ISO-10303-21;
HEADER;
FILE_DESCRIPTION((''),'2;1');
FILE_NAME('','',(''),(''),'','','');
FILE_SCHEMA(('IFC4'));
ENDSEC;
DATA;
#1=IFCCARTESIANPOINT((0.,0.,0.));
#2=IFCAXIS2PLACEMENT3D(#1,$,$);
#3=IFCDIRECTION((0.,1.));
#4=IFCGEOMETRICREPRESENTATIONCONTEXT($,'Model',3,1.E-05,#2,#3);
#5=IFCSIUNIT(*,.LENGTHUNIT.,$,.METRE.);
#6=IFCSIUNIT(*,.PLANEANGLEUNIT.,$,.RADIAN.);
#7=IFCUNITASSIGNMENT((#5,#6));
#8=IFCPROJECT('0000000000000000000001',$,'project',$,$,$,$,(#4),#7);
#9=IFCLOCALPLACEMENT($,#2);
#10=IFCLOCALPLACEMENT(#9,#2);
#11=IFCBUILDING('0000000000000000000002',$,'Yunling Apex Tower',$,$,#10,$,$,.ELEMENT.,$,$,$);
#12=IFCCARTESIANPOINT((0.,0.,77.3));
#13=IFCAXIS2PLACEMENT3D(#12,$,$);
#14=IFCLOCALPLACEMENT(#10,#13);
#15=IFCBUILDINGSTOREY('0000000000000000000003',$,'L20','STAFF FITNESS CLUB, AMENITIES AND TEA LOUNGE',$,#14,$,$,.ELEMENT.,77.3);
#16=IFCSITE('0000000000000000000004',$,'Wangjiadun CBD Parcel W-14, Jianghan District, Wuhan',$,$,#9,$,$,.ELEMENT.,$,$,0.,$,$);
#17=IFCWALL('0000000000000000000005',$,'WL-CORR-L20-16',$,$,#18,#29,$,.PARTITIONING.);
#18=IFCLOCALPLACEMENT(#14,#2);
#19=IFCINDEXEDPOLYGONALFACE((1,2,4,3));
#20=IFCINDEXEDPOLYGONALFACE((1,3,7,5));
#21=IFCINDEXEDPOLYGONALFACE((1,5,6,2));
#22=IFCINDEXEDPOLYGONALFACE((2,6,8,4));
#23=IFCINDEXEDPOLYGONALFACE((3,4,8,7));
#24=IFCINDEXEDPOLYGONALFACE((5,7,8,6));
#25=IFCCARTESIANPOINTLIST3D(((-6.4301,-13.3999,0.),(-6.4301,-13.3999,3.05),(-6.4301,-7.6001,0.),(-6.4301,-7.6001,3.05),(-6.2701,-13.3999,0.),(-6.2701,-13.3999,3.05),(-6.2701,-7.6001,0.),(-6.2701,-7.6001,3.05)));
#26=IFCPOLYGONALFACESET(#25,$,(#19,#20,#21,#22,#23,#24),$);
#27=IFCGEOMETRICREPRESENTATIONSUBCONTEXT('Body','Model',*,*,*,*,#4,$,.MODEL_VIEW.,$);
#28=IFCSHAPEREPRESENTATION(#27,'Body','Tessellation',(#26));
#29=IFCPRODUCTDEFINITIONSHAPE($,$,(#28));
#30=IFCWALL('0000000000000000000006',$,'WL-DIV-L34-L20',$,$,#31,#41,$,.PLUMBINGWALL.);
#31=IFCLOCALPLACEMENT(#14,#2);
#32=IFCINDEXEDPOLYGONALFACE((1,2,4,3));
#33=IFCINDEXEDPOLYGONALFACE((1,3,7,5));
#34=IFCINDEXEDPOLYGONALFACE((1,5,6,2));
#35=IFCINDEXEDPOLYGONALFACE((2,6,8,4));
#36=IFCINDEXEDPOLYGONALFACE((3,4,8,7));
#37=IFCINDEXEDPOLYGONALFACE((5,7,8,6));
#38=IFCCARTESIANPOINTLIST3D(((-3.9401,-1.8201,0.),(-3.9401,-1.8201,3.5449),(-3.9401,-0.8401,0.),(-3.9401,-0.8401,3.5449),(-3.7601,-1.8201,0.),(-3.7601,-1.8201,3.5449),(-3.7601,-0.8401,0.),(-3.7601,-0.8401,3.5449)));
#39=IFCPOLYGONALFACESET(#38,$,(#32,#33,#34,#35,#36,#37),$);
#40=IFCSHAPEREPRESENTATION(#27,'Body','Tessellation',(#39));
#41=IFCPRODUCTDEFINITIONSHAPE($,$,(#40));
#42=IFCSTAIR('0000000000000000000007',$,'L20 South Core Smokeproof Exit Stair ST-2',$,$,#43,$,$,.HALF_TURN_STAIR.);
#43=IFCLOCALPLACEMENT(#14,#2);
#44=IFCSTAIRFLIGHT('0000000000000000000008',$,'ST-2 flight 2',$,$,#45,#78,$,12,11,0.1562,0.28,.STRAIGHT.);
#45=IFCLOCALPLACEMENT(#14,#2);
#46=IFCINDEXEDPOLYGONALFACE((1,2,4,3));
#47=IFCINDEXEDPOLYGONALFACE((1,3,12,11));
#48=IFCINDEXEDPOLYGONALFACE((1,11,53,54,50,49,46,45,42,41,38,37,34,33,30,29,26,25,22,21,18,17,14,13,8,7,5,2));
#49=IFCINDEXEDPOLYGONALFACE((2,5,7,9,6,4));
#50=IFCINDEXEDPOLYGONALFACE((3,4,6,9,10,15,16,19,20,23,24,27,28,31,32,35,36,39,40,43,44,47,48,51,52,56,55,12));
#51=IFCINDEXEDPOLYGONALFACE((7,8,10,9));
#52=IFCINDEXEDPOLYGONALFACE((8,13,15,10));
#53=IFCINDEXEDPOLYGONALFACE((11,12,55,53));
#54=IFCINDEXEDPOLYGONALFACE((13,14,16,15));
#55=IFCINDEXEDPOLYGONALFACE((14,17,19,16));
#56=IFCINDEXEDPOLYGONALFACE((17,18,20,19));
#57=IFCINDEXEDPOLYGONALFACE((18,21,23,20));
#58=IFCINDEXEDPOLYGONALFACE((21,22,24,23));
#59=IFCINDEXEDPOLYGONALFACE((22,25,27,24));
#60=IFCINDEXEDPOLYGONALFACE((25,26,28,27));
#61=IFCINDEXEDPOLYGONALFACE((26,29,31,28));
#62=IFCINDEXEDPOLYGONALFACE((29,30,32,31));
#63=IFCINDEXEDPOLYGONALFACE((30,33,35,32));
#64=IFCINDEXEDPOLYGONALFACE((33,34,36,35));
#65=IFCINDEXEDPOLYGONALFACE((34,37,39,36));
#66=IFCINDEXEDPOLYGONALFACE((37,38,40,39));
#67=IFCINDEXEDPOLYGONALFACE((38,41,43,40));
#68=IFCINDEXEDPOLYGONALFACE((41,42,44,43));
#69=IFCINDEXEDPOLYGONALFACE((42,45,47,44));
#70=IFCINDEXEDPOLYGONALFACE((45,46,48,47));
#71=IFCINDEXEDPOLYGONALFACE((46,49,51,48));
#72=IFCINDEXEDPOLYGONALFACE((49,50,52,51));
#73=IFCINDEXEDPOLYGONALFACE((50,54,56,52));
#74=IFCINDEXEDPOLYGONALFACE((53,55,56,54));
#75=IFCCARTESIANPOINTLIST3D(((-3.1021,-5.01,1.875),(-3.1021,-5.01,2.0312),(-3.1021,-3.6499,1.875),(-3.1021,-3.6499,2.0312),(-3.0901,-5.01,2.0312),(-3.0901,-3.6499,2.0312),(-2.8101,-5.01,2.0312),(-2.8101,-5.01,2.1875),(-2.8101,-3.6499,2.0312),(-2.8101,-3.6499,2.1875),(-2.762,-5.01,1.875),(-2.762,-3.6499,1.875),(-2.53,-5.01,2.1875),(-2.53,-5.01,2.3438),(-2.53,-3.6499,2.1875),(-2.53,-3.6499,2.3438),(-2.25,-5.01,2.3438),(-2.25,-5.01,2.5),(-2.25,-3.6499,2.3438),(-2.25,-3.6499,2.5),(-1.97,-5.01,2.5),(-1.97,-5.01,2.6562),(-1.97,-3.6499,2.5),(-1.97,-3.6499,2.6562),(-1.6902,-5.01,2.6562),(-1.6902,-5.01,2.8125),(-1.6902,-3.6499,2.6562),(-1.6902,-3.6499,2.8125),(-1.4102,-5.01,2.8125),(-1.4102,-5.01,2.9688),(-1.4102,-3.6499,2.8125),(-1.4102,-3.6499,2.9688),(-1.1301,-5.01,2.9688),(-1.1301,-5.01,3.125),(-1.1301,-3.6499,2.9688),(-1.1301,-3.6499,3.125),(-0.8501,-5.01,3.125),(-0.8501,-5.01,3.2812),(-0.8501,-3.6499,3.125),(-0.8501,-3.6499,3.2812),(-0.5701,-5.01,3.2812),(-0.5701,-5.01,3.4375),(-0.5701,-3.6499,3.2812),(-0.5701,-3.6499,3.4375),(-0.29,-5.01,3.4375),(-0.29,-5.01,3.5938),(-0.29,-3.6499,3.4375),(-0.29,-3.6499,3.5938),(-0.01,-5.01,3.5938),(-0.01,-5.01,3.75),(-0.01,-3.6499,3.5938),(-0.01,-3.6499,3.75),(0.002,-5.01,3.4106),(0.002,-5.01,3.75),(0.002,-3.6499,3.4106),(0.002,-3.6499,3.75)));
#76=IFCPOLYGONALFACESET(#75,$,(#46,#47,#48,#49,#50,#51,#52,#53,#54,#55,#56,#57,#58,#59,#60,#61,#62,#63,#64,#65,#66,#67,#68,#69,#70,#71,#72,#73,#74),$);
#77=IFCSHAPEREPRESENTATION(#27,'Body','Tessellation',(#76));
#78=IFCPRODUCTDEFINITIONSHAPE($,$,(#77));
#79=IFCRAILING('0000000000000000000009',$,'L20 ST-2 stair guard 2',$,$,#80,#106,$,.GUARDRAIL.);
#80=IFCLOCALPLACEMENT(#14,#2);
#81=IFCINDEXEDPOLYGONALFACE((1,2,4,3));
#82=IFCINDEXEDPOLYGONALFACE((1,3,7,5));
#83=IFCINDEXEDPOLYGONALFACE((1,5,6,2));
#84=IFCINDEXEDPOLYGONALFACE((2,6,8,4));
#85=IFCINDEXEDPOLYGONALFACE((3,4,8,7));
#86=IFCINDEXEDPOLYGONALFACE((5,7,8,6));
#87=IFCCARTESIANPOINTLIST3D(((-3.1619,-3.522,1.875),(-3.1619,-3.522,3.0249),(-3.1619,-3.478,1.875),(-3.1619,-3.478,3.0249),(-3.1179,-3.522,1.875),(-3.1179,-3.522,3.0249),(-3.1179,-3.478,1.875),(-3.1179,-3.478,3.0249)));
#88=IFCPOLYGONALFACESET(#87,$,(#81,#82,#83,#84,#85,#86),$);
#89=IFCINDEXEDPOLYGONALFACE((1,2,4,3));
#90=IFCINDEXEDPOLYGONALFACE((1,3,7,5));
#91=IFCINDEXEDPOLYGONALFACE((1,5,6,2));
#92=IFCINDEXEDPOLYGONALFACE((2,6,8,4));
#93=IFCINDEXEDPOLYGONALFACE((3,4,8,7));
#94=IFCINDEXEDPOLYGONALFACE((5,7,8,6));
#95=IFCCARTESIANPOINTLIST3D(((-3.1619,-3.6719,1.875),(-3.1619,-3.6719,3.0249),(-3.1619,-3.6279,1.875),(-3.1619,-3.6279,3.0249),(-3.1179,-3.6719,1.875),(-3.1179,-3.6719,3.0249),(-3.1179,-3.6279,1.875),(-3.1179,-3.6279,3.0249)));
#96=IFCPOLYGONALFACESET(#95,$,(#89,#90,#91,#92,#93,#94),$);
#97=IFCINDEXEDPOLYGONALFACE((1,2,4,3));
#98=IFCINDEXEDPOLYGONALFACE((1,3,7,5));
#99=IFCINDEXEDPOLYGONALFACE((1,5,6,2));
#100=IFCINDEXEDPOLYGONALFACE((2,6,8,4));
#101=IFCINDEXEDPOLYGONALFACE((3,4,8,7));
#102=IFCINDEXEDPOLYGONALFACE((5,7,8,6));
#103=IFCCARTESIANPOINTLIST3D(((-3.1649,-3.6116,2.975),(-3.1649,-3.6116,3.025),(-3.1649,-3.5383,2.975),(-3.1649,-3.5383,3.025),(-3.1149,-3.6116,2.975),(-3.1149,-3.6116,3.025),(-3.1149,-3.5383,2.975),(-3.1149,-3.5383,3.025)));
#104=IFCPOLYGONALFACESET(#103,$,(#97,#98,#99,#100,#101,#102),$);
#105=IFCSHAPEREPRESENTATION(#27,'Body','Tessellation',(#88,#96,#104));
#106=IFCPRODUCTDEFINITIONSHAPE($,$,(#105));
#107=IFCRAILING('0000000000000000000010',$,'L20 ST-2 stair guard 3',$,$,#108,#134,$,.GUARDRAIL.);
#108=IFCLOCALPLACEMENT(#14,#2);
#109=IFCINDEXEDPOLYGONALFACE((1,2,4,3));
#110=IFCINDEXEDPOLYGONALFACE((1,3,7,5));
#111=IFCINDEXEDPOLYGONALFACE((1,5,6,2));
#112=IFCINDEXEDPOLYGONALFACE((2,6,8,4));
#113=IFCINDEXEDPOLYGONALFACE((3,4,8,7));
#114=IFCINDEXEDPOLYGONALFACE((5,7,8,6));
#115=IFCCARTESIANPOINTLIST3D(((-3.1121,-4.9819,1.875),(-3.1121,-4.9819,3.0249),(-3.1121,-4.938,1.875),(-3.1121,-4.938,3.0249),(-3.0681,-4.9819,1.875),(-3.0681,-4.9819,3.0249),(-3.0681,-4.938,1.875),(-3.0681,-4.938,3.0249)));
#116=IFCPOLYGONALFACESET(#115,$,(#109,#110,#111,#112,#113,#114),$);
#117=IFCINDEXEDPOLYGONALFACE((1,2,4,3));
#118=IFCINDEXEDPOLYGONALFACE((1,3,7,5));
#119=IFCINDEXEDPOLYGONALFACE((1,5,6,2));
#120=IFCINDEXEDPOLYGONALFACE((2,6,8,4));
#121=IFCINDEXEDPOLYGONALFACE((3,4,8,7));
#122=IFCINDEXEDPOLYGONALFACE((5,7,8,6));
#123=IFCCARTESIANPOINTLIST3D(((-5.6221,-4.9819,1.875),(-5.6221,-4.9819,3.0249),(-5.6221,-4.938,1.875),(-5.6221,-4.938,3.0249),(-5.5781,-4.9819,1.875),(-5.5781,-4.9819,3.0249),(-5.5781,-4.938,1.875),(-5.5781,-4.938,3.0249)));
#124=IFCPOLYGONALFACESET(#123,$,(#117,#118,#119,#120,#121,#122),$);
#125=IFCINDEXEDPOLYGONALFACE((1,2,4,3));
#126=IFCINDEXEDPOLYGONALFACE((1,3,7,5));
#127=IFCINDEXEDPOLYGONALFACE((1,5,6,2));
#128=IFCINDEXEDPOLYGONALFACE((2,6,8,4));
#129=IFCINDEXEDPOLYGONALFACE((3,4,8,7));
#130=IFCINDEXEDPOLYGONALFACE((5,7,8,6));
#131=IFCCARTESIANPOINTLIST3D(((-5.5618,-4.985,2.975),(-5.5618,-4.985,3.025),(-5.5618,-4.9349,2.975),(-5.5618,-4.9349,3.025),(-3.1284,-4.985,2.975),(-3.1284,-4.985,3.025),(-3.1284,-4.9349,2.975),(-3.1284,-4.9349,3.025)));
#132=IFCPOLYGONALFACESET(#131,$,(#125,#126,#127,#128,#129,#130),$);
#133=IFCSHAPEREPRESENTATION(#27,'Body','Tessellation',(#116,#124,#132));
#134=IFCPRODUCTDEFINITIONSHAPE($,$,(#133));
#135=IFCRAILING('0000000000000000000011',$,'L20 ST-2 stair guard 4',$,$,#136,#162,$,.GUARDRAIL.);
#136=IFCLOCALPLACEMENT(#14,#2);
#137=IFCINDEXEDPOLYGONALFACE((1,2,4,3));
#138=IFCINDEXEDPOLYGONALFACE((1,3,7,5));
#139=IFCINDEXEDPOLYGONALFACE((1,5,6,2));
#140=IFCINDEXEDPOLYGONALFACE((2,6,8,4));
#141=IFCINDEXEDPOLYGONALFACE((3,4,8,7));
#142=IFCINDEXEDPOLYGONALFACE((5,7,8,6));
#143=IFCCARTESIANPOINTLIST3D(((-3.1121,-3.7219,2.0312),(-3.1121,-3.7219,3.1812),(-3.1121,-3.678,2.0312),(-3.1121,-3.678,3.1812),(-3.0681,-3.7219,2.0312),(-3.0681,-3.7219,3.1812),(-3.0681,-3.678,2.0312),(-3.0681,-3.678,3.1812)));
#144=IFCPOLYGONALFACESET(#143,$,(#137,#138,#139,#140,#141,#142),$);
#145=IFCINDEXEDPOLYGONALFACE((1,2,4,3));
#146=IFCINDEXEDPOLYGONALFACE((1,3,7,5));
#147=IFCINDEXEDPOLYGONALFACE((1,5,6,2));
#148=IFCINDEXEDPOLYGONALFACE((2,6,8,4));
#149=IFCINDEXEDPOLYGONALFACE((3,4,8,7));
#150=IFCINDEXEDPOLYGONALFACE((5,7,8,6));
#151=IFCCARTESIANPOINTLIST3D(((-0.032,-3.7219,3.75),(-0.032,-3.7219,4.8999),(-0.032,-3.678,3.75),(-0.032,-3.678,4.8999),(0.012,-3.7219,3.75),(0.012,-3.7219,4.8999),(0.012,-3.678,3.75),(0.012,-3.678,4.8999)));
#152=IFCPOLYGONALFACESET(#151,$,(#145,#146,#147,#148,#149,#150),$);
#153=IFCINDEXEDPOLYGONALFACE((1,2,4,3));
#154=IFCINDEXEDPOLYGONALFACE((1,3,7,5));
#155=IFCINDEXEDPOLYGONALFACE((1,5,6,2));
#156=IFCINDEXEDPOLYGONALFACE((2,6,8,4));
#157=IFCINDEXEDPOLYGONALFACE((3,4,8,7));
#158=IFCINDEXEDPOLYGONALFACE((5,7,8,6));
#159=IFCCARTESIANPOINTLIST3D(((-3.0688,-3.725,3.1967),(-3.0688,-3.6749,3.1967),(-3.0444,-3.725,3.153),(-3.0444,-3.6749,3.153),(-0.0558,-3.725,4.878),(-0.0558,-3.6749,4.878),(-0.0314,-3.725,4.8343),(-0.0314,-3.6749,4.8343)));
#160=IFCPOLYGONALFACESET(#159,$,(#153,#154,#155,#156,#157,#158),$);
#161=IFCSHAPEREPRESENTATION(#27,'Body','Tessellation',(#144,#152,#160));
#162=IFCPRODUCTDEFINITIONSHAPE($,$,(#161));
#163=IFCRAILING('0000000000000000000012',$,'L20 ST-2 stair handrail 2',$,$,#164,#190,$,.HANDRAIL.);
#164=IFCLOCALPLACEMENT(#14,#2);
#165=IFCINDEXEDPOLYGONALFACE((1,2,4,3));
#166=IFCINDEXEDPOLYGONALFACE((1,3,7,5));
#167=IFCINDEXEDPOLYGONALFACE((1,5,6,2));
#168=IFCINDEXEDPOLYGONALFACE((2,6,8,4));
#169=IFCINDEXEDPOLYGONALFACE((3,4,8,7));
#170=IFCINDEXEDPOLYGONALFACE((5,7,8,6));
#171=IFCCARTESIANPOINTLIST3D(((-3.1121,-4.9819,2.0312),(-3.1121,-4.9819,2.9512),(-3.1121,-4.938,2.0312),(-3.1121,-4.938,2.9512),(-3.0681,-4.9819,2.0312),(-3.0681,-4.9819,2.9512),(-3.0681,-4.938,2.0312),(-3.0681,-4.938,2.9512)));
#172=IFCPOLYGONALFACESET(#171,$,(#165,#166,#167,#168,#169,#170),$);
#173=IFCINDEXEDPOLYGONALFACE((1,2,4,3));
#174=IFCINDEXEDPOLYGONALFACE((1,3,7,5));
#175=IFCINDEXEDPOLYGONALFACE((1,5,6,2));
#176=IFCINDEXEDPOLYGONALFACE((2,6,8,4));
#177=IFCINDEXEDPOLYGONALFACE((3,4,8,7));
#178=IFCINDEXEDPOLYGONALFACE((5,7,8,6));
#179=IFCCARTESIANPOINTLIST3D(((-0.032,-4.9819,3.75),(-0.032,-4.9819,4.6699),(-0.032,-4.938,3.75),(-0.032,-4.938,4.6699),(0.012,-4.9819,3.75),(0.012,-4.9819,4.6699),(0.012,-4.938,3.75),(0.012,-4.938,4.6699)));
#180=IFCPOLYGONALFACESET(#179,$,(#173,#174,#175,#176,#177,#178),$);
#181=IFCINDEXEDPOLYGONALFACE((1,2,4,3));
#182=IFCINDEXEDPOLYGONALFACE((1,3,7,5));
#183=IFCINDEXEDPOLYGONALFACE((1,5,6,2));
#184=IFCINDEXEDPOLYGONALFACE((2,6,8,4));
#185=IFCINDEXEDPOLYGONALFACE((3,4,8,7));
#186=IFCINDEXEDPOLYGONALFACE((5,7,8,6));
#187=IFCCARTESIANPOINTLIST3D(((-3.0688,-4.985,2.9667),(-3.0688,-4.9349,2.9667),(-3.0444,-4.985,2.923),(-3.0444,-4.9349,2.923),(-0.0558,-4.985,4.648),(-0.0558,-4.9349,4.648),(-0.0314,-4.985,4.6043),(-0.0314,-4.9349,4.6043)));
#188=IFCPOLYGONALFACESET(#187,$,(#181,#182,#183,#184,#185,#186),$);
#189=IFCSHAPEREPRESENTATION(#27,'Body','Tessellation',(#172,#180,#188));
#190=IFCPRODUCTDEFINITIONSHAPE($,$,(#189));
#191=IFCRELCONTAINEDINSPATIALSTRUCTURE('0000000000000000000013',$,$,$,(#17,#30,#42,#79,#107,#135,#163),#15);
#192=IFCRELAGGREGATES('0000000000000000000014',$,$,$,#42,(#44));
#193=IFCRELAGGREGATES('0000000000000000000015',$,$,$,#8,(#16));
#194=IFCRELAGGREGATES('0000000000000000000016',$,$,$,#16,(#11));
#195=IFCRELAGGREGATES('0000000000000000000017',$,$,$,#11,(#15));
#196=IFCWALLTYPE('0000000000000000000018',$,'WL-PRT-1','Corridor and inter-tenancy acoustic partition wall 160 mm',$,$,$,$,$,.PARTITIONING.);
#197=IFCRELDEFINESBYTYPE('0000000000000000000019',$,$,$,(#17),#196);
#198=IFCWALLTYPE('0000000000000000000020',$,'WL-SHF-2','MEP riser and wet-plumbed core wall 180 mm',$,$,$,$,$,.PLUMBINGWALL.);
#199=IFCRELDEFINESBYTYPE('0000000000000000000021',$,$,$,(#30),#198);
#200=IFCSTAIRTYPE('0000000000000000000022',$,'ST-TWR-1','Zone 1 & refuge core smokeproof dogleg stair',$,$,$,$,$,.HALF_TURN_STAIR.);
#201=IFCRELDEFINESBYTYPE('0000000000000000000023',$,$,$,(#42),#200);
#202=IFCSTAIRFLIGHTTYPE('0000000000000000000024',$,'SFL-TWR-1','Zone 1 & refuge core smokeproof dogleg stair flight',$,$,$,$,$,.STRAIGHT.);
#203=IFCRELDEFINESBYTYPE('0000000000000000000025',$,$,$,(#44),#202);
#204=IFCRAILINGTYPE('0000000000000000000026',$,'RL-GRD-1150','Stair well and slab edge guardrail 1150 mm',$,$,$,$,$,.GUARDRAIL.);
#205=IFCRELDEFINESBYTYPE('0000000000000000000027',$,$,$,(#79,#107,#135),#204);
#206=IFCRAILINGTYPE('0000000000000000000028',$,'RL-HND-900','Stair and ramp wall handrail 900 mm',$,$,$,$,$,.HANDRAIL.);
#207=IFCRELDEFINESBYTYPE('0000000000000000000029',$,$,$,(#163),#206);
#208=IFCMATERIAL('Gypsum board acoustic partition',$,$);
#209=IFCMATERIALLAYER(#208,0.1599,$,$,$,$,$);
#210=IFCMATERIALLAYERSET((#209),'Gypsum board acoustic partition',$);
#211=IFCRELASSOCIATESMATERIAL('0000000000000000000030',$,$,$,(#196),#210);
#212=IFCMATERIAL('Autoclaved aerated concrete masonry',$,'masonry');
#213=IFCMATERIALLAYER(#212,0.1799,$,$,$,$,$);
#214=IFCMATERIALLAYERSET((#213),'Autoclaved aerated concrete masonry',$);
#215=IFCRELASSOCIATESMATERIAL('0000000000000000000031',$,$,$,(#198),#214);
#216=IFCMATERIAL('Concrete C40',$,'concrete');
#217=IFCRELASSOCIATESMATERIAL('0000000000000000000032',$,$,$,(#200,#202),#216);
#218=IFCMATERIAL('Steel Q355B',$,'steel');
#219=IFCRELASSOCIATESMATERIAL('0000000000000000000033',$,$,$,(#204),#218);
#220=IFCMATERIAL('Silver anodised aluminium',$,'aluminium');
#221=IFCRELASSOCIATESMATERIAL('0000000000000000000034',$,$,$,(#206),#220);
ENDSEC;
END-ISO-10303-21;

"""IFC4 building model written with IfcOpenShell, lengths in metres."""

from ifc_helpers import new_model, si_unit, direction, frame, frame_2d, origin, origin_2d, place, context, subcontext, project, spatial, polyline, rectangle, outline, extrude, material, layer, layer_set, type_object, element, aggregate, save


model = new_model("IFC4")

# Units and contexts
model_context = context("Model", 3, precision=1e-05, world=origin(), true_north=direction((0.0, 1.0)))
body_context = subcontext(model_context, "Body", "Model", "MODEL_VIEW")
ifc_project = project(units=[si_unit("LENGTHUNIT", "METRE"), si_unit("PLANEANGLEUNIT", "RADIAN")], contexts=[model_context])

# Site, building, storey
site_placement = place(None, origin())
site = spatial("IfcSite", under=ifc_project, at=site_placement, Name="Wangjiadun CBD Parcel W-14, Jianghan District, Wuhan", CompositionType="ELEMENT", RefElevation=0.0)
building_placement = place(site_placement, origin())
building = spatial("IfcBuilding", under=site, at=building_placement, Name="Yunling Apex Tower", CompositionType="ELEMENT")
storey_placement = place(building_placement, frame((0.0, 0.0, 77.3)))
storey = spatial("IfcBuildingStorey", under=building, at=storey_placement, Name="L20", Description="STAFF FITNESS CLUB, AMENITIES AND TEA LOUNGE", CompositionType="ELEMENT", Elevation=77.3)

# Shared definitions
ifc_material_1 = material(Name="Steel Q355B", Category="steel")

# Walls
ifc_material_2 = material(Name="Concrete C40", Category="concrete")
ifc_material_3 = material(Name="Gypsum board acoustic partition")
ifc_layer_1 = layer(ifc_material_3, 0.1599)
ifc_layer_set_1 = layer_set([ifc_layer_1], Name="Gypsum board acoustic partition")
wall_type_1 = type_object("IfcWallType", Name="WL-PRT-1", Description="Corridor and inter-tenancy acoustic partition wall 160 mm", PredefinedType="PARTITIONING", material=ifc_layer_set_1)
wall_1_placement = place(storey_placement, frame((-6.3501, -7.6001, 0.0), z_axis=(0.0, 0.0, 1.0), x_axis=(0.0, -1.0, 0.0)))
element("IfcWall", 1, at=wall_1_placement, inside=storey, type_object=wall_type_1, Name="WL-CORR-L20-16", PredefinedType="PARTITIONING", context=body_context, shape_type="SweptSolid", body=[
    extrude(rectangle(XDim=5.7998, YDim=0.1599, at=frame_2d((2.8999, 0.0))), origin(), (0.0, 0.0, 1.0), 3.05),
])
ifc_material_4 = material(Name="Autoclaved aerated concrete masonry", Category="masonry")
ifc_layer_2 = layer(ifc_material_4, 0.1799)
ifc_layer_set_2 = layer_set([ifc_layer_2], Name="Autoclaved aerated concrete masonry")
wall_type_2 = type_object("IfcWallType", Name="WL-SHF-2", Description="MEP riser and wet-plumbed core wall 180 mm", PredefinedType="PLUMBINGWALL", material=ifc_layer_set_2)
wall_2_placement = place(storey_placement, frame((-3.8501, -1.8201, 0.0), z_axis=(0.0, 0.0, 1.0), x_axis=(0.0, 1.0, 0.0)))
element("IfcWall", 2, at=wall_2_placement, inside=storey, type_object=wall_type_2, Name="WL-DIV-L34-L20", PredefinedType="PLUMBINGWALL", context=body_context, shape_type="SweptSolid", body=[
    extrude(rectangle(XDim=0.98, YDim=0.1799, at=frame_2d((0.49, 0.0))), origin(), (0.0, 0.0, 1.0), 3.5449),
])

# Stair, stair flight
stair_type = type_object("IfcStairType", Name="ST-TWR-1", Description="Zone 1 & refuge core smokeproof dogleg stair", PredefinedType="HALF_TURN_STAIR", material=ifc_material_2)
stair_placement = place(storey_placement, origin())
stair = element("IfcStair", 3, at=stair_placement, inside=storey, type_object=stair_type, Name="L20 South Core Smokeproof Exit Stair ST-2", PredefinedType="HALF_TURN_STAIR")
stair_flight_type = type_object("IfcStairFlightType", Name="SFL-TWR-1", Description="Zone 1 & refuge core smokeproof dogleg stair flight", PredefinedType="STRAIGHT", material=ifc_material_2)
stair_flight_placement = place(storey_placement, frame((-3.0901, -4.3301, 1.875), z_axis=(0.0, 0.0, 1.0), x_axis=(1.0, 0.0, 0.0)))
stair_flight = element("IfcStairFlight", 4, at=stair_flight_placement, type_object=stair_flight_type, Name="ST-2 flight 2", NumberOfRisers=12, NumberOfTreads=11, PredefinedType="STRAIGHT", RiserHeight=0.1562, TreadLength=0.28, context=body_context, shape_type="SweptSolid", body=[
    extrude(outline(polyline([(-0.012, 0.0), (-0.012, 0.1562), (0.0, 0.1562), (0.28, 0.1562), (0.28, 0.3125), (0.5601, 0.3125), (0.5601, 0.4688), (0.8401, 0.4688), (0.8401, 0.625), (1.1201, 0.625), (1.1201, 0.7812), (1.3999, 0.7812), (1.3999, 0.9375), (1.6799, 0.9375), (1.6799, 1.0938), (1.96, 1.0938), (1.96, 1.25), (2.24, 1.25), (2.24, 1.4062), (2.52, 1.4062), (2.52, 1.5625), (2.8, 1.5625), (2.8, 1.7188), (3.0801, 1.7188), (3.0801, 1.875), (3.092, 1.875), (3.092, 1.5356), (0.3281, 0.0), (-0.012, 0.0)])), frame((0.0, 0.6802, 0.0), z_axis=(0.0, -1.0, 0.0), x_axis=(1.0, 0.0, 0.0)), (0.0, 0.0, 1.0), 1.3601),
])
aggregate(stair, [stair_flight])

# Railings
railing_type_1 = type_object("IfcRailingType", Name="RL-GRD-1150", Description="Stair well and slab edge guardrail 1150 mm", PredefinedType="GUARDRAIL", material=ifc_material_1)
railing_1_placement = place(storey_placement, frame((-3.1399, -3.5, 1.875)))
element("IfcRailing", 5, at=railing_1_placement, inside=storey, type_object=railing_type_1, Name="L20 ST-2 stair guard 2", PredefinedType="GUARDRAIL", context=body_context, shape_type="SweptSolid", body=[
    extrude(rectangle(XDim=0.0439, YDim=0.0439, at=origin_2d()), origin(), (0.0, 0.0, 1.0), 1.1499),
    extrude(rectangle(XDim=0.0439, YDim=0.0439, at=origin_2d()), frame((0.0, -0.1499, 0.0)), (0.0, 0.0, 1.0), 1.1499),
    extrude(rectangle(XDim=0.05, YDim=0.05, at=origin_2d()), frame((0.0, -0.0383, 1.125), z_axis=(0.0, -1.0, 0.0), x_axis=(1.0, 0.0, 0.0)), (0.0, 0.0, 1.0), 0.0732),
])
railing_2_placement = place(storey_placement, frame((-3.0901, -4.96, 1.875)))
element("IfcRailing", 6, at=railing_2_placement, inside=storey, type_object=railing_type_1, Name="L20 ST-2 stair guard 3", PredefinedType="GUARDRAIL", context=body_context, shape_type="SweptSolid", body=[
    extrude(rectangle(XDim=0.0439, YDim=0.0439, at=origin_2d()), origin(), (0.0, 0.0, 1.0), 1.1499),
    extrude(rectangle(XDim=0.0439, YDim=0.0439, at=origin_2d()), frame((-2.51, 0.0, 0.0)), (0.0, 0.0, 1.0), 1.1499),
    extrude(rectangle(XDim=0.05, YDim=0.05, at=origin_2d()), frame((-0.0383, 0.0, 1.125), z_axis=(-1.0, 0.0, 0.0), x_axis=(0.0, -1.0, 0.0)), (0.0, 0.0, 1.0), 2.4333),
])
railing_3_placement = place(storey_placement, frame((-3.0901, -3.7, 2.0312)))
element("IfcRailing", 7, at=railing_3_placement, inside=storey, type_object=railing_type_1, Name="L20 ST-2 stair guard 4", PredefinedType="GUARDRAIL", context=body_context, shape_type="SweptSolid", body=[
    extrude(rectangle(XDim=0.0439, YDim=0.0439, at=origin_2d()), origin(), (0.0, 0.0, 1.0), 1.1499),
    extrude(rectangle(XDim=0.0439, YDim=0.0439, at=origin_2d()), frame((3.0801, 0.0, 1.7188)), (0.0, 0.0, 1.0), 1.1499),
    extrude(rectangle(XDim=0.05, YDim=0.05, at=origin_2d()), frame((0.0334, 0.0, 1.1436), z_axis=(0.873242, 0.0, 0.487288), x_axis=(0.0, 1.0, 0.0)), (0.0, 0.0, 1.0), 3.4504),
])
ifc_material_5 = material(Name="Silver anodised aluminium", Category="aluminium")
railing_type_2 = type_object("IfcRailingType", Name="RL-HND-900", Description="Stair and ramp wall handrail 900 mm", PredefinedType="HANDRAIL", material=ifc_material_5)
railing_4_placement = place(storey_placement, frame((-3.0901, -4.96, 2.0312)))
element("IfcRailing", 8, at=railing_4_placement, inside=storey, type_object=railing_type_2, Name="L20 ST-2 stair handrail 2", PredefinedType="HANDRAIL", context=body_context, shape_type="SweptSolid", body=[
    extrude(rectangle(XDim=0.0439, YDim=0.0439, at=origin_2d()), origin(), (0.0, 0.0, 1.0), 0.9199),
    extrude(rectangle(XDim=0.0439, YDim=0.0439, at=origin_2d()), frame((3.0801, 0.0, 1.7188)), (0.0, 0.0, 1.0), 0.9199),
    extrude(rectangle(XDim=0.05, YDim=0.05, at=origin_2d()), frame((0.0334, 0.0, 0.9136), z_axis=(0.873242, 0.0, 0.487288), x_axis=(0.0, 1.0, 0.0)), (0.0, 0.0, 1.0), 3.4504),
])

save(model, "model.ifc")
